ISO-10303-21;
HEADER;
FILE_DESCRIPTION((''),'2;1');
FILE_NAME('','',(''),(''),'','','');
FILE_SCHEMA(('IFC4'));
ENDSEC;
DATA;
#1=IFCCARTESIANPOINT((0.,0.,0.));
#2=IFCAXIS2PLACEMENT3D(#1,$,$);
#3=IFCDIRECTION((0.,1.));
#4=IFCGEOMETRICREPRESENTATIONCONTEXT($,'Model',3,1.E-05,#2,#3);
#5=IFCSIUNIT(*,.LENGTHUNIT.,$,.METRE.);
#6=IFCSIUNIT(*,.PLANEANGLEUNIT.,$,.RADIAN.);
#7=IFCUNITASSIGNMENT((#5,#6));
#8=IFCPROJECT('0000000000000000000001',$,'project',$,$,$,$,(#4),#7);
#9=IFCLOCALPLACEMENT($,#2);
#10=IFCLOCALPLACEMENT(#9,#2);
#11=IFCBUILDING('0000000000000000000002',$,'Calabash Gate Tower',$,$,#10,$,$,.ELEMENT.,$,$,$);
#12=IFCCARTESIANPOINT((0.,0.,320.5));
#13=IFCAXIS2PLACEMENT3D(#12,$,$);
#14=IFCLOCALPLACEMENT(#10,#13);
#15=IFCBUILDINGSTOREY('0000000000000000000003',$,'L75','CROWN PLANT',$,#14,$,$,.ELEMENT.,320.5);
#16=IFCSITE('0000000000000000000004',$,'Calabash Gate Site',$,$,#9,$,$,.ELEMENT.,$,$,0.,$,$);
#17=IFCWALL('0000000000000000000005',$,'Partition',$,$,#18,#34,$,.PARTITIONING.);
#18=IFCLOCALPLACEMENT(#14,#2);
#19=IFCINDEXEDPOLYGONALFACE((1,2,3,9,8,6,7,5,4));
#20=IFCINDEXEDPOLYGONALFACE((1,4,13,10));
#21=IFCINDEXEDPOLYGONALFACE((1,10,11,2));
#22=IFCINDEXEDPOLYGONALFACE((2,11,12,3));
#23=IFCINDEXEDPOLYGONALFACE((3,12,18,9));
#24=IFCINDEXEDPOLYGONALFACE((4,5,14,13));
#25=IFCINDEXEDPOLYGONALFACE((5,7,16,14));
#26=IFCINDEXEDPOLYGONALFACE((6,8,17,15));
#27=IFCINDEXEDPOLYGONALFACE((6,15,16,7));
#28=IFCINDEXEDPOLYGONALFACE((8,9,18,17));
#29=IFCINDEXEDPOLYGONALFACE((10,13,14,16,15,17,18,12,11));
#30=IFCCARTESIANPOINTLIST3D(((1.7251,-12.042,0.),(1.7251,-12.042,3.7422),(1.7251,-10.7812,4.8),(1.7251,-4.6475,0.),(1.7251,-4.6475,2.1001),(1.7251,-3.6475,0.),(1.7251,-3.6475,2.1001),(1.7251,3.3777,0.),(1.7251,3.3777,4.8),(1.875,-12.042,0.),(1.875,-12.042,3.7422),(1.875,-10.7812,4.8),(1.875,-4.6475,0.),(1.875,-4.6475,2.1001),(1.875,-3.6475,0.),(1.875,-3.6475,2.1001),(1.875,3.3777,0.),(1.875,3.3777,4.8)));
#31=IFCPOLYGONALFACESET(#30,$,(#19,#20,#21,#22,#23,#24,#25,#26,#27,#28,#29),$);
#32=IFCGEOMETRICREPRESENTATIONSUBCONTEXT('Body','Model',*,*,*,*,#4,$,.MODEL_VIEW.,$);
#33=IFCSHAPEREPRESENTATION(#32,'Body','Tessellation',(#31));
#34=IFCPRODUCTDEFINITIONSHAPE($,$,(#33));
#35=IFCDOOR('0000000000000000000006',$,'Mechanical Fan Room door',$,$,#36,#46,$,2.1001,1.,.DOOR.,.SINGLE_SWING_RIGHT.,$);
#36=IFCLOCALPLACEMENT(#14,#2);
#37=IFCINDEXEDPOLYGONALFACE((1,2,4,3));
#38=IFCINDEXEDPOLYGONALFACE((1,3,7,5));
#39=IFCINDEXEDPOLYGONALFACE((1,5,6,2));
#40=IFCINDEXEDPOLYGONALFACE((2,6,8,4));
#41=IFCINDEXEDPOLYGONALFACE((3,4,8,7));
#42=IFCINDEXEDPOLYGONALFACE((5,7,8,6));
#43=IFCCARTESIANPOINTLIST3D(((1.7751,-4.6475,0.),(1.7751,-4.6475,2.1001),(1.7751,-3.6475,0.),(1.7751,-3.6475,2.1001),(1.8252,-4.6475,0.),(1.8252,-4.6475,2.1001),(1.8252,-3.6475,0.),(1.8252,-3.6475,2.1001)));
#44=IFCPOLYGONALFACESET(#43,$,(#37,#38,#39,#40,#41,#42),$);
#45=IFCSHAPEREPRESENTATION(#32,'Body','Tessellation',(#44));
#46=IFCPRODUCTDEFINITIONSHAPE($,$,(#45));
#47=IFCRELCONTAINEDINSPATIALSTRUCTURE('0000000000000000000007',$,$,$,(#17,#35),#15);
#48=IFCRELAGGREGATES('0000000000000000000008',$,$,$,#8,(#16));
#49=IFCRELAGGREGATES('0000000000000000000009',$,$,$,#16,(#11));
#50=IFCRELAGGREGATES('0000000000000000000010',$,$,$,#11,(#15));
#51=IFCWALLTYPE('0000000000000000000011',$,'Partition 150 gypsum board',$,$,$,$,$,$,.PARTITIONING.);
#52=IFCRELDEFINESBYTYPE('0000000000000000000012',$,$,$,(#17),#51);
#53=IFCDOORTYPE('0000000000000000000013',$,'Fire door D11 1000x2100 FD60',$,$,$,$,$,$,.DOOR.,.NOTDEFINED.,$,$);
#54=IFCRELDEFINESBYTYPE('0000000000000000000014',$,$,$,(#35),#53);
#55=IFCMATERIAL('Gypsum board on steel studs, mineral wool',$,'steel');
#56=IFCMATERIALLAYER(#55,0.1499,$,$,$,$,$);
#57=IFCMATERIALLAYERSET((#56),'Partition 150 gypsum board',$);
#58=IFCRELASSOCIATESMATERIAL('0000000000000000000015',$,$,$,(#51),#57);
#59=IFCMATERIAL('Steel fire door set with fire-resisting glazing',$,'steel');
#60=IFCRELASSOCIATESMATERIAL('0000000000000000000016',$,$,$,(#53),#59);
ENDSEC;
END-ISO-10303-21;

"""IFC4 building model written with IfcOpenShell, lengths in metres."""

from ifc_helpers import new_model, si_unit, direction, frame, frame_2d, origin, place, context, subcontext, project, spatial, polyline, rectangle, outline, extrude, material, layer, layer_set, type_object, element, fill, save


model = new_model("IFC4")

# Units and contexts
model_context = context("Model", 3, precision=1e-05, world=origin(), true_north=direction((0.0, 1.0)))
body_context = subcontext(model_context, "Body", "Model", "MODEL_VIEW")
ifc_project = project(units=[si_unit("LENGTHUNIT", "METRE"), si_unit("PLANEANGLEUNIT", "RADIAN")], contexts=[model_context])

# Site, building, storey
site_placement = place(None, origin())
site = spatial("IfcSite", under=ifc_project, at=site_placement, Name="Calabash Gate Site", CompositionType="ELEMENT", RefElevation=0.0)
building_placement = place(site_placement, origin())
building = spatial("IfcBuilding", under=site, at=building_placement, Name="Calabash Gate Tower", CompositionType="ELEMENT")
storey_placement = place(building_placement, frame((0.0, 0.0, 320.5)))
storey = spatial("IfcBuildingStorey", under=building, at=storey_placement, Name="L75", Description="CROWN PLANT", CompositionType="ELEMENT", Elevation=320.5)

# Shared definitions
ifc_material_1 = material(Name="Gypsum board on steel studs, mineral wool", Category="steel")
ifc_layer_1 = layer(ifc_material_1, 0.1499)
ifc_layer_set_1 = layer_set([ifc_layer_1], Name="Partition 150 gypsum board")
wall_type_1 = type_object("IfcWallType", Name="Partition 150 gypsum board", PredefinedType="PARTITIONING", material=ifc_layer_set_1)

# Wall, opening, door
wall_1_placement = place(storey_placement, frame((1.8, -12.042, 0.0), z_axis=(0.0, 0.0, 1.0), x_axis=(0.0, 1.0, 0.0)))
wall_1 = element("IfcWall", 1, at=wall_1_placement, inside=storey, type_object=wall_type_1, Name="Partition", PredefinedType="PARTITIONING", context=body_context, shape_type="SweptSolid", body=[
    extrude(outline(polyline([(0.0, 0.0), (15.4197, 0.0), (15.4197, 4.8), (1.2607, 4.8), (0.0, 3.7422), (0.0, 0.0)])), frame((0.0, 0.075, 0.0), z_axis=(0.0, -1.0, 0.0), x_axis=(1.0, 0.0, 0.0)), (0.0, 0.0, 1.0), 0.1499),
])
opening_1_placement = place(wall_1_placement, frame((7.3945, 0.0, 0.0)))
opening_1 = element("IfcOpeningElement", 2, at=opening_1_placement, cuts=wall_1, PredefinedType="OPENING", context=body_context, shape_type="SweptSolid", body=[
    extrude(rectangle(XDim=1.0, YDim=2.1001, at=frame_2d((0.5, 1.05))), frame((0.0, 0.085, 0.0), z_axis=(0.0, -1.0, 0.0), x_axis=(1.0, 0.0, 0.0)), (0.0, 0.0, 1.0), 0.1699),
])
ifc_material_2 = material(Name="Steel fire door set with fire-resisting glazing", Category="steel")
door_type_1 = type_object("IfcDoorType", Name="Fire door D11 1000x2100 FD60", OperationType="NOTDEFINED", PredefinedType="DOOR", material=ifc_material_2)
door_1_placement = place(opening_1_placement, origin())
door_1 = element("IfcDoor", 3, at=door_1_placement, inside=storey, type_object=door_type_1, Name="Mechanical Fan Room door", OperationType="SINGLE_SWING_RIGHT", OverallHeight=2.1001, OverallWidth=1.0, PredefinedType="DOOR", context=body_context, shape_type="SweptSolid", body=[
    extrude(rectangle(XDim=1.0, YDim=2.1001, at=frame_2d((0.5, 1.05))), frame((0.0, 0.0249, 0.0), z_axis=(0.0, -1.0, 0.0), x_axis=(1.0, 0.0, 0.0)), (0.0, 0.0, 1.0), 0.05),
])
fill(opening_1, door_1)

save(model, "model.ifc")
